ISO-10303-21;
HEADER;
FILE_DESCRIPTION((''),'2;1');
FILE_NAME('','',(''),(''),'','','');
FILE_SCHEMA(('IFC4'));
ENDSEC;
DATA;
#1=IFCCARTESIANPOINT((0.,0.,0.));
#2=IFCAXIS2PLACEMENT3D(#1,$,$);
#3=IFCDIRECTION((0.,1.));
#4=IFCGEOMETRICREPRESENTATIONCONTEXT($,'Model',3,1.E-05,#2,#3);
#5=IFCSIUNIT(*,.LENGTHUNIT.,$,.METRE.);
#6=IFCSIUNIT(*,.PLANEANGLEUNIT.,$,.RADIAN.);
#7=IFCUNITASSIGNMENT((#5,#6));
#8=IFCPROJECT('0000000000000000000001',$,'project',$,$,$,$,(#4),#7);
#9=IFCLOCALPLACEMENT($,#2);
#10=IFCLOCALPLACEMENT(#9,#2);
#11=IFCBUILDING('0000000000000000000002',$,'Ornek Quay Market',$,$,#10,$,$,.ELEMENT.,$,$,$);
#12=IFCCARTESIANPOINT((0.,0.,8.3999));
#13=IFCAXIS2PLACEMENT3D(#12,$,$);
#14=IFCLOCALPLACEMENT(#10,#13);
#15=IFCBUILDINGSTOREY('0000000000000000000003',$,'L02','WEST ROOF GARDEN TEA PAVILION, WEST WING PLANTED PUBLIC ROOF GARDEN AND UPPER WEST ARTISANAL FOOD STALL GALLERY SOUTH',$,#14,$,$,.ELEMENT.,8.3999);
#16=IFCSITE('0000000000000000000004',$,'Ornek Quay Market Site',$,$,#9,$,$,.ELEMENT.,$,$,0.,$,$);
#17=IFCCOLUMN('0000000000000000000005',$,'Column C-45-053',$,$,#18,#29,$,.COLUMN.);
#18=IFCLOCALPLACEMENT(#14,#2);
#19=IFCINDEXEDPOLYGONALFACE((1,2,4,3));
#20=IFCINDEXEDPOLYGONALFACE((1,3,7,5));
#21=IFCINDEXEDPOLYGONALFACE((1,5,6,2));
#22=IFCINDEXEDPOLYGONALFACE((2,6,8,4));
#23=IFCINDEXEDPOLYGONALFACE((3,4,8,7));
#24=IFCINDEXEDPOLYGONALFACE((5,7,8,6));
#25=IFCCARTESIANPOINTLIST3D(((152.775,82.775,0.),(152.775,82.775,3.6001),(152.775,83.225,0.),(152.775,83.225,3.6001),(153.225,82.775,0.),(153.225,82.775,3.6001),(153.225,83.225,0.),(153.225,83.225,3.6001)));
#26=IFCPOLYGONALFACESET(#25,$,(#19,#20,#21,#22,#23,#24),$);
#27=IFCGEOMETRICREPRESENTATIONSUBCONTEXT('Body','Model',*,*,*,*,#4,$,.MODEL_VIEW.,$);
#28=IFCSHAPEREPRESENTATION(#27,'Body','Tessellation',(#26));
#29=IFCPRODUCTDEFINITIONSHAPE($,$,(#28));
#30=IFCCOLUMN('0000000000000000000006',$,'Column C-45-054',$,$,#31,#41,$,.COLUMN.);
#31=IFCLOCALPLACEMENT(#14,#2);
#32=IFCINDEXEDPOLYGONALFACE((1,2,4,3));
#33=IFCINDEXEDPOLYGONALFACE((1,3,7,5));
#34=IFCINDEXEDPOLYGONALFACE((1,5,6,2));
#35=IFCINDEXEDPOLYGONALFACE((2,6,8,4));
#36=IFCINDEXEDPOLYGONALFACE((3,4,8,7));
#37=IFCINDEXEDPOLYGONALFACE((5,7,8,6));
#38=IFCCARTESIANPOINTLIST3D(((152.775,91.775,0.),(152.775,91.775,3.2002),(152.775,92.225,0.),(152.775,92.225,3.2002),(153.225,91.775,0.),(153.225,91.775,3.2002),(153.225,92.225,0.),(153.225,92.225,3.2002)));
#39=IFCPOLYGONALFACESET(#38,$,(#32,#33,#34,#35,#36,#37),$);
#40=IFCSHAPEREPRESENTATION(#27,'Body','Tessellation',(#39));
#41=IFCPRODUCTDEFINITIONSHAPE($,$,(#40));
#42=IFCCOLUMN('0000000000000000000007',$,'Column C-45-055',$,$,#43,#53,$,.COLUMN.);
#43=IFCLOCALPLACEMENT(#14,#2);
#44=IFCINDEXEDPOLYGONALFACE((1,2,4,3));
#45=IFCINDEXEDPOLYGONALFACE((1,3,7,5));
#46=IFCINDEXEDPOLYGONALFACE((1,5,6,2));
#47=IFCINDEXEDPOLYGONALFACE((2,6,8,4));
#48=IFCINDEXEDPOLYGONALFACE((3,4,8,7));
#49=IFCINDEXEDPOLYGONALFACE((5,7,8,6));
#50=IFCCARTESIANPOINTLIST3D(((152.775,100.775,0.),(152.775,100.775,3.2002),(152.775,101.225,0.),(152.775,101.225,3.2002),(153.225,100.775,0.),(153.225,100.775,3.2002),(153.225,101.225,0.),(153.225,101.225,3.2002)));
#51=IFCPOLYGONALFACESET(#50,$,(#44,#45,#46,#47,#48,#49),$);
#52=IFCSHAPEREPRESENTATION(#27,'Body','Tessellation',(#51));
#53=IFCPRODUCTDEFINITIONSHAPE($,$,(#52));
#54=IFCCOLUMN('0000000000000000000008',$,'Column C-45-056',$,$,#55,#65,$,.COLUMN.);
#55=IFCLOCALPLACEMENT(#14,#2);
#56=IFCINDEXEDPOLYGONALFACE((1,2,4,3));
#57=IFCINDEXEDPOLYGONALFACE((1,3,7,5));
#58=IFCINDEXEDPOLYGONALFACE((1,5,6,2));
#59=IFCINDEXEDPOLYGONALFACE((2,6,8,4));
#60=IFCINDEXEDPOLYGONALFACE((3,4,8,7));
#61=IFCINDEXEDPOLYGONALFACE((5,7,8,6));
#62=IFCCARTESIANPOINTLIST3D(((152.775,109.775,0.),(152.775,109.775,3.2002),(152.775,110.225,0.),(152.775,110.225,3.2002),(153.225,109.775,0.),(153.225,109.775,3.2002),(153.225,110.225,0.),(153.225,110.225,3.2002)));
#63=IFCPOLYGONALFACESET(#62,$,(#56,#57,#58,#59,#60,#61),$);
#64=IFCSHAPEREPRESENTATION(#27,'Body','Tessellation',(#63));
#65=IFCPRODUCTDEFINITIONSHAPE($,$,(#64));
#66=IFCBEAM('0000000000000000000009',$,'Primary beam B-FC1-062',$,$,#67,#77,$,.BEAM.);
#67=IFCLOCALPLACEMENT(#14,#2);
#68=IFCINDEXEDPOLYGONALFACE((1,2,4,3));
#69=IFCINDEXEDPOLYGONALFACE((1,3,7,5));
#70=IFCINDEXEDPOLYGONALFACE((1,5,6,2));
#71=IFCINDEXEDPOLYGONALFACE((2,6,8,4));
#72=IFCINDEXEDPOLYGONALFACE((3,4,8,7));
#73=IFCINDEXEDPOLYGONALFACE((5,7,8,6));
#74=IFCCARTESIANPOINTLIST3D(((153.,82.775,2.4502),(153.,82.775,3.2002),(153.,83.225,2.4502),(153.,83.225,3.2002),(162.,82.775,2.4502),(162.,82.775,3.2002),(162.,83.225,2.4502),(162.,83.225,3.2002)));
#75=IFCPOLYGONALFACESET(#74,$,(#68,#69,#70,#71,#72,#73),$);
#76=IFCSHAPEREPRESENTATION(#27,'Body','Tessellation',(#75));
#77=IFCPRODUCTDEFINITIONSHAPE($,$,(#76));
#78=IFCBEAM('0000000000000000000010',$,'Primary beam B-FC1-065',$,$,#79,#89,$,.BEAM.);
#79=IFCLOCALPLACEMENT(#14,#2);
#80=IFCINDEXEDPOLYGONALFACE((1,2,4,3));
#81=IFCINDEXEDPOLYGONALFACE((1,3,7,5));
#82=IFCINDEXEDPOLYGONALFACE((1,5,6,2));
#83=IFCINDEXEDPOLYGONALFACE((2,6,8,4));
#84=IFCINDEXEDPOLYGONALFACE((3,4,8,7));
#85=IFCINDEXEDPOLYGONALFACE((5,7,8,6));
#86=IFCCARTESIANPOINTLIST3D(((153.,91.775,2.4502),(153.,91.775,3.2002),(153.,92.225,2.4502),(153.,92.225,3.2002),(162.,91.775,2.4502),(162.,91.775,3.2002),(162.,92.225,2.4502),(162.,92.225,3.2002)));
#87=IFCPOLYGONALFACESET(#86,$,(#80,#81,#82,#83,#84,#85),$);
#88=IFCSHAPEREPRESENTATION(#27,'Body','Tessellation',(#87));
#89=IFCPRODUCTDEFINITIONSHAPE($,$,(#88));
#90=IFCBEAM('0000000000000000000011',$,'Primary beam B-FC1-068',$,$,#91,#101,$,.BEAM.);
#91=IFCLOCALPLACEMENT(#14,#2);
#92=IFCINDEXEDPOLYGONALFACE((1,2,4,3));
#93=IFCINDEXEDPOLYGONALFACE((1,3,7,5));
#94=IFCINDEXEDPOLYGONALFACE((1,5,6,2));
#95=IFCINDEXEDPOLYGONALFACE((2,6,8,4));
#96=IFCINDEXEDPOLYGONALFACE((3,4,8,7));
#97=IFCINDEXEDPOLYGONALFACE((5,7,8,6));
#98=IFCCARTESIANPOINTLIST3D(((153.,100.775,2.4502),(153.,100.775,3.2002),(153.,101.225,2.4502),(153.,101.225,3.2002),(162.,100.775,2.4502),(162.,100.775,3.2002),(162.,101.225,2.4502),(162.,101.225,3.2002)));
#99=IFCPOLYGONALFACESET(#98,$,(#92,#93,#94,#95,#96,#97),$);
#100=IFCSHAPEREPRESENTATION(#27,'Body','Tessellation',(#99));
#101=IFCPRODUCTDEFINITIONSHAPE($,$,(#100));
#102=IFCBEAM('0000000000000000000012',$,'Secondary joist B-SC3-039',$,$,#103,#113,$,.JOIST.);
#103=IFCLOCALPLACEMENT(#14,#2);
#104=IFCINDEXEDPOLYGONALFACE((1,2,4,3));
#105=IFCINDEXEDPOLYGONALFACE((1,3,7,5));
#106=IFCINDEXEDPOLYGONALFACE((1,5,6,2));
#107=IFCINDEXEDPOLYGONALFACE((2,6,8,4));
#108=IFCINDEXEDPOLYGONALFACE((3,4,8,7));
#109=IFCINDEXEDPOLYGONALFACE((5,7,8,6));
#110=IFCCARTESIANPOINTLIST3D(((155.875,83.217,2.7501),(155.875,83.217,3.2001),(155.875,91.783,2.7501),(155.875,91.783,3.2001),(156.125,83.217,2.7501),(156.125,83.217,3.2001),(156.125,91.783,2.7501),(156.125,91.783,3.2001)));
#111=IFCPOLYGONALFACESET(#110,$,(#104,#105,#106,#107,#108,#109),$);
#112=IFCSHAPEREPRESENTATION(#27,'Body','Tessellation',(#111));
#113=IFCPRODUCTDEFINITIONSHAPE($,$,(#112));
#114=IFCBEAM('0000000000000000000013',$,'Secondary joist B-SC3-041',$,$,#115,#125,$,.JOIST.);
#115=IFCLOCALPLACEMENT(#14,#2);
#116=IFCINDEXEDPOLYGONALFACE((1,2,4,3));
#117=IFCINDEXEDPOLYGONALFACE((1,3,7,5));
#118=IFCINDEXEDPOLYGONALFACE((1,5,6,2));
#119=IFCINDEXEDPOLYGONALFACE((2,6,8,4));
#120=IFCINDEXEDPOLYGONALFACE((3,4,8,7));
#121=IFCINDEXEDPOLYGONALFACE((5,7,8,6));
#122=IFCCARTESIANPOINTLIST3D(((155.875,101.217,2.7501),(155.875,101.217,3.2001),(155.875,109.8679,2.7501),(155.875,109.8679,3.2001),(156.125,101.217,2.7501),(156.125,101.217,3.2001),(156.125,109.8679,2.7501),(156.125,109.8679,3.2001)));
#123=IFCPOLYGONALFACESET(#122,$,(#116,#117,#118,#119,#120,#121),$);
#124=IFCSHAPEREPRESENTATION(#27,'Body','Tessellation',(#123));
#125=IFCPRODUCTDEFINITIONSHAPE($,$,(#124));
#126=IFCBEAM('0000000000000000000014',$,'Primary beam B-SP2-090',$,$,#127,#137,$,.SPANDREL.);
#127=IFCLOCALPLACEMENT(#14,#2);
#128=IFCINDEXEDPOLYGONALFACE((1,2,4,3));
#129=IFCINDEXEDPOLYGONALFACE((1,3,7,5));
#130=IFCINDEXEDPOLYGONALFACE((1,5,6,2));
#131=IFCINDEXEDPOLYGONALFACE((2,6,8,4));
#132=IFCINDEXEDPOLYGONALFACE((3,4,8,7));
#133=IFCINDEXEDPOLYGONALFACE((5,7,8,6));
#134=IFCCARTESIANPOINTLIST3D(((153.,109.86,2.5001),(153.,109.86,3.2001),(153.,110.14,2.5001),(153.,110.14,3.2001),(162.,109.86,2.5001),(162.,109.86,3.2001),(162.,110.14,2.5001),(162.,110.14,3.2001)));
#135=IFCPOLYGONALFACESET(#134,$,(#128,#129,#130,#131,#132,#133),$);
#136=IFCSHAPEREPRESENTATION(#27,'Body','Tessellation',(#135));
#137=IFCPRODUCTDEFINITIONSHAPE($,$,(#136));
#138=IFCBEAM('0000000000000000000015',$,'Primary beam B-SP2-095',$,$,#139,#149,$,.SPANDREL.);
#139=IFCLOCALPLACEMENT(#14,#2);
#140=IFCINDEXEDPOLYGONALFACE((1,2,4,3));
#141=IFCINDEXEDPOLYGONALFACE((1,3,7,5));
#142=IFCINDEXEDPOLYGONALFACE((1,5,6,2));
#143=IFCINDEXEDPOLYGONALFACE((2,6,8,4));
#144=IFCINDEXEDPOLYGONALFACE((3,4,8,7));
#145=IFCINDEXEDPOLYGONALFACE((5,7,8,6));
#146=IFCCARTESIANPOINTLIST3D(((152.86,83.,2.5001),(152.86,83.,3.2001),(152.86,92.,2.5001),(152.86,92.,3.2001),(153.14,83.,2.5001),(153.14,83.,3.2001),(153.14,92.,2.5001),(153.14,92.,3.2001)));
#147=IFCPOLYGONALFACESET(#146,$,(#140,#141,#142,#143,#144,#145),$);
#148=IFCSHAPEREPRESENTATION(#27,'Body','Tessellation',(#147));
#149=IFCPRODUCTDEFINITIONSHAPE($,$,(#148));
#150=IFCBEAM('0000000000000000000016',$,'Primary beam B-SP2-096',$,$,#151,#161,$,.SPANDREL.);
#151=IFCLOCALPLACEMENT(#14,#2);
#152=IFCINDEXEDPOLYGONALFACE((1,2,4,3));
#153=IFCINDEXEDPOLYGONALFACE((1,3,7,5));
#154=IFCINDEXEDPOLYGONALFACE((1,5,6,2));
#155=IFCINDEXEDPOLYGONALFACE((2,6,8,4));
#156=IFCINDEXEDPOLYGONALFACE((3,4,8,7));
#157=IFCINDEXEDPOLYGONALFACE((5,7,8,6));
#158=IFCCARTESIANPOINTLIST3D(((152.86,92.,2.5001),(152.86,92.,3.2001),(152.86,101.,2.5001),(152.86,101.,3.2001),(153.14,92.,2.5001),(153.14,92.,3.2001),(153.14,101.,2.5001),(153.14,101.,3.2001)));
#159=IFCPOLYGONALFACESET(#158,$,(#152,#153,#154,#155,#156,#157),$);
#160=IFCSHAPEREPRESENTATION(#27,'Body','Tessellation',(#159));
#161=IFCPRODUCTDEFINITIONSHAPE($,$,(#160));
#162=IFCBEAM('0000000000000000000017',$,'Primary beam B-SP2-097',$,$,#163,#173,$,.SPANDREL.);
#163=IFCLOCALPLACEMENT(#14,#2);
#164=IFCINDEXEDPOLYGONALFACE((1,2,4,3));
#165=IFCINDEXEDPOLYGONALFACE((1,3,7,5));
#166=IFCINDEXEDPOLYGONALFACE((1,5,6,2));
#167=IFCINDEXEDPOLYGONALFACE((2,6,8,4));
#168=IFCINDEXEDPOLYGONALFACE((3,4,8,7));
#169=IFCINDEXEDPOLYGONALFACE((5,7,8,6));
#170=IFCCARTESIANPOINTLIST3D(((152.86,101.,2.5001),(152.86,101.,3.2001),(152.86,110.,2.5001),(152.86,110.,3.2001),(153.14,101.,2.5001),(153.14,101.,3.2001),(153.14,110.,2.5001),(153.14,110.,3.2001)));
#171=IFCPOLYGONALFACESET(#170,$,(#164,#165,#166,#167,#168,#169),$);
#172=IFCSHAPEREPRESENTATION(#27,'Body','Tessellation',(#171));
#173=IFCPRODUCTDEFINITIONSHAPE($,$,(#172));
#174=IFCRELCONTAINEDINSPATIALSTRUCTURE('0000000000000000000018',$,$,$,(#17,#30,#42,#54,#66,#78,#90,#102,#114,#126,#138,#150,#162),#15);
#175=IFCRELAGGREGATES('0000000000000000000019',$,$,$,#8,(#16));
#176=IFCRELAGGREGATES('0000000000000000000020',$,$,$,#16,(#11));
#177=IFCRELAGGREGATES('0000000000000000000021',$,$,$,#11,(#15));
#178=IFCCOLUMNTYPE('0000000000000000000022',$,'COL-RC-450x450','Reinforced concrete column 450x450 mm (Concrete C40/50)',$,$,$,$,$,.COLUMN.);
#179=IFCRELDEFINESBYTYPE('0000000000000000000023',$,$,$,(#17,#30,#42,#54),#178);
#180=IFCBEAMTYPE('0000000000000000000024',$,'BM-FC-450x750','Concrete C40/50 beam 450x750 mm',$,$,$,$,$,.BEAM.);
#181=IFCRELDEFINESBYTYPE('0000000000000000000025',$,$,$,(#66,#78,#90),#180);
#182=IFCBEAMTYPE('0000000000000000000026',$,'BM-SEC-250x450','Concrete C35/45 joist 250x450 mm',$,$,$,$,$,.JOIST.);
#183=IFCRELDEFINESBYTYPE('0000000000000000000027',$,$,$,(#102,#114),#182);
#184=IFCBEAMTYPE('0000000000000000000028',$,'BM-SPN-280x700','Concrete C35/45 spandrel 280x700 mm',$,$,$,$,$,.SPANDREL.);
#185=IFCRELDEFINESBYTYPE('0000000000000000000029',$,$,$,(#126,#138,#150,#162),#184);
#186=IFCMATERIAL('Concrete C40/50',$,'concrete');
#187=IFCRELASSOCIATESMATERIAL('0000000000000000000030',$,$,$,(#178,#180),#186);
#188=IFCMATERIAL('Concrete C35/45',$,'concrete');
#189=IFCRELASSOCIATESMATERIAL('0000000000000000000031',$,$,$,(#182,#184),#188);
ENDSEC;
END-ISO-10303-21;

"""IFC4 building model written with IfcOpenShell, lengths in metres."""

from ifc_helpers import new_model, si_unit, direction, frame, origin, origin_2d, place, context, subcontext, project, spatial, rectangle, extrude, material, material_profile, profile_set, type_object, element, save


model = new_model("IFC4")

# Units and contexts
model_context = context("Model", 3, precision=1e-05, world=origin(), true_north=direction((0.0, 1.0)))
body_context = subcontext(model_context, "Body", "Model", "MODEL_VIEW")
ifc_project = project(units=[si_unit("LENGTHUNIT", "METRE"), si_unit("PLANEANGLEUNIT", "RADIAN")], contexts=[model_context])

# Site, building, storey
site_placement = place(None, origin())
site = spatial("IfcSite", under=ifc_project, at=site_placement, Name="Ornek Quay Market Site", CompositionType="ELEMENT", RefElevation=0.0)
building_placement = place(site_placement, origin())
building = spatial("IfcBuilding", under=site, at=building_placement, Name="Ornek Quay Market", CompositionType="ELEMENT")
storey_placement = place(building_placement, frame((0.0, 0.0, 8.3999)))
storey = spatial("IfcBuildingStorey", under=building, at=storey_placement, Name="L02", Description="WEST ROOF GARDEN TEA PAVILION, WEST WING PLANTED PUBLIC ROOF GARDEN AND UPPER WEST ARTISANAL FOOD STALL GALLERY SOUTH", CompositionType="ELEMENT", Elevation=8.3999)

# Columns
ifc_material_1 = material(Name="Concrete C40/50", Category="concrete")
ifc_material_profile_1 = material_profile(ifc_material_1, rectangle(XDim=0.45, YDim=0.45, at=origin_2d()), Name="RC 450x450", Category="concrete")
ifc_profile_set_1 = profile_set([ifc_material_profile_1], Name="Concrete C40/50")
column_type = type_object("IfcColumnType", Name="COL-RC-450x450", Description="Reinforced concrete column 450x450 mm (Concrete C40/50)", PredefinedType="COLUMN", material=ifc_profile_set_1)
column_placement = place(storey_placement, frame((153.0, 83.0, 0.0), z_axis=(0.0, 0.0, 1.0), x_axis=(1.0, 0.0, 0.0)))
element("IfcColumn", 1, at=column_placement, inside=storey, type_object=column_type, Name="Column C-45-053", PredefinedType="COLUMN", context=body_context, shape_type="SweptSolid", body=[
    extrude(rectangle(XDim=0.45, YDim=0.45, at=origin_2d()), origin(), (0.0, 0.0, 1.0), 3.6001),
])
for number, where, z_axis, x_axis, name in (
    (2, (153.0, 92.0, 0.0), (0.0, 0.0, 1.0), (1.0, 0.0, 0.0), "Column C-45-054"),
    (3, (153.0, 101.0, 0.0), (0.0, 0.0, 1.0), (1.0, 0.0, 0.0), "Column C-45-055"),
    (4, (153.0, 110.0, 0.0), (0.0, 0.0, 1.0), (1.0, 0.0, 0.0), "Column C-45-056"),
):
    element("IfcColumn", number, at=place(storey_placement, frame(where, z_axis=z_axis, x_axis=x_axis)), inside=storey, type_object=column_type, Name=name, PredefinedType="COLUMN", context=body_context, shape_type="SweptSolid", body=[
        extrude(rectangle(XDim=0.45, YDim=0.45, at=origin_2d()), origin(), (0.0, 0.0, 1.0), 3.2002),
    ])

# Beams
ifc_material_profile_2 = material_profile(ifc_material_1, rectangle(XDim=0.45, YDim=0.75, at=origin_2d()), Name="RC 450x750", Category="concrete")
ifc_profile_set_2 = profile_set([ifc_material_profile_2], Name="Concrete C40/50")
beam_type_1 = type_object("IfcBeamType", Name="BM-FC-450x750", Description="Concrete C40/50 beam 450x750 mm", PredefinedType="BEAM", material=ifc_profile_set_2)
for number, where, z_axis, x_axis, name in (
    (5, (153.0, 83.0, 2.8252), (1.0, 0.0, 0.0), (0.0, 1.0, 0.0), "Primary beam B-FC1-062"),
    (6, (153.0, 92.0, 2.8252), (1.0, 0.0, 0.0), (0.0, 1.0, 0.0), "Primary beam B-FC1-065"),
    (7, (153.0, 101.0, 2.8252), (1.0, 0.0, 0.0), (0.0, 1.0, 0.0), "Primary beam B-FC1-068"),
):
    element("IfcBeam", number, at=place(storey_placement, frame(where, z_axis=z_axis, x_axis=x_axis)), inside=storey, type_object=beam_type_1, Name=name, PredefinedType="BEAM", context=body_context, shape_type="SweptSolid", body=[
        extrude(rectangle(XDim=0.45, YDim=0.75, at=origin_2d()), origin(), (0.0, 0.0, 1.0), 9.0),
    ])
ifc_material_2 = material(Name="Concrete C35/45", Category="concrete")
ifc_material_profile_3 = material_profile(ifc_material_2, rectangle(XDim=0.25, YDim=0.45, at=origin_2d()), Name="RC 250x450", Category="concrete")
ifc_profile_set_3 = profile_set([ifc_material_profile_3], Name="Concrete C35/45")
beam_type_2 = type_object("IfcBeamType", Name="BM-SEC-250x450", Description="Concrete C35/45 joist 250x450 mm", PredefinedType="JOIST", material=ifc_profile_set_3)
beam_1_placement = place(storey_placement, frame((156.0, 83.217, 2.9751), z_axis=(0.0, 1.0, 0.0), x_axis=(-1.0, 0.0, 0.0)))
element("IfcBeam", 8, at=beam_1_placement, inside=storey, type_object=beam_type_2, Name="Secondary joist B-SC3-039", PredefinedType="JOIST", context=body_context, shape_type="SweptSolid", body=[
    extrude(rectangle(XDim=0.25, YDim=0.45, at=origin_2d()), origin(), (0.0, 0.0, 1.0), 8.5659),
])
beam_2_placement = place(storey_placement, frame((156.0, 101.217, 2.9751), z_axis=(0.0, 1.0, 0.0), x_axis=(-1.0, 0.0, 0.0)))
element("IfcBeam", 9, at=beam_2_placement, inside=storey, type_object=beam_type_2, Name="Secondary joist B-SC3-041", PredefinedType="JOIST", context=body_context, shape_type="SweptSolid", body=[
    extrude(rectangle(XDim=0.25, YDim=0.45, at=origin_2d()), origin(), (0.0, 0.0, 1.0), 8.6509),
])
ifc_material_profile_4 = material_profile(ifc_material_2, rectangle(XDim=0.28, YDim=0.7, at=origin_2d()), Name="RC 280x700", Category="concrete")
ifc_profile_set_4 = profile_set([ifc_material_profile_4], Name="Concrete C35/45")
beam_type_3 = type_object("IfcBeamType", Name="BM-SPN-280x700", Description="Concrete C35/45 spandrel 280x700 mm", PredefinedType="SPANDREL", material=ifc_profile_set_4)
for number, where, z_axis, x_axis, name in (
    (10, (153.0, 110.0, 2.8501), (1.0, 0.0, 0.0), (0.0, 1.0, 0.0), "Primary beam B-SP2-090"),
    (11, (153.0, 83.0, 2.8501), (0.0, 1.0, 0.0), (-1.0, 0.0, 0.0), "Primary beam B-SP2-095"),
    (12, (153.0, 92.0, 2.8501), (0.0, 1.0, 0.0), (-1.0, 0.0, 0.0), "Primary beam B-SP2-096"),
    (13, (153.0, 101.0, 2.8501), (0.0, 1.0, 0.0), (-1.0, 0.0, 0.0), "Primary beam B-SP2-097"),
):
    element("IfcBeam", number, at=place(storey_placement, frame(where, z_axis=z_axis, x_axis=x_axis)), inside=storey, type_object=beam_type_3, Name=name, PredefinedType="SPANDREL", context=body_context, shape_type="SweptSolid", body=[
        extrude(rectangle(XDim=0.28, YDim=0.7, at=origin_2d()), origin(), (0.0, 0.0, 1.0), 9.0),
    ])

save(model, "model.ifc")
